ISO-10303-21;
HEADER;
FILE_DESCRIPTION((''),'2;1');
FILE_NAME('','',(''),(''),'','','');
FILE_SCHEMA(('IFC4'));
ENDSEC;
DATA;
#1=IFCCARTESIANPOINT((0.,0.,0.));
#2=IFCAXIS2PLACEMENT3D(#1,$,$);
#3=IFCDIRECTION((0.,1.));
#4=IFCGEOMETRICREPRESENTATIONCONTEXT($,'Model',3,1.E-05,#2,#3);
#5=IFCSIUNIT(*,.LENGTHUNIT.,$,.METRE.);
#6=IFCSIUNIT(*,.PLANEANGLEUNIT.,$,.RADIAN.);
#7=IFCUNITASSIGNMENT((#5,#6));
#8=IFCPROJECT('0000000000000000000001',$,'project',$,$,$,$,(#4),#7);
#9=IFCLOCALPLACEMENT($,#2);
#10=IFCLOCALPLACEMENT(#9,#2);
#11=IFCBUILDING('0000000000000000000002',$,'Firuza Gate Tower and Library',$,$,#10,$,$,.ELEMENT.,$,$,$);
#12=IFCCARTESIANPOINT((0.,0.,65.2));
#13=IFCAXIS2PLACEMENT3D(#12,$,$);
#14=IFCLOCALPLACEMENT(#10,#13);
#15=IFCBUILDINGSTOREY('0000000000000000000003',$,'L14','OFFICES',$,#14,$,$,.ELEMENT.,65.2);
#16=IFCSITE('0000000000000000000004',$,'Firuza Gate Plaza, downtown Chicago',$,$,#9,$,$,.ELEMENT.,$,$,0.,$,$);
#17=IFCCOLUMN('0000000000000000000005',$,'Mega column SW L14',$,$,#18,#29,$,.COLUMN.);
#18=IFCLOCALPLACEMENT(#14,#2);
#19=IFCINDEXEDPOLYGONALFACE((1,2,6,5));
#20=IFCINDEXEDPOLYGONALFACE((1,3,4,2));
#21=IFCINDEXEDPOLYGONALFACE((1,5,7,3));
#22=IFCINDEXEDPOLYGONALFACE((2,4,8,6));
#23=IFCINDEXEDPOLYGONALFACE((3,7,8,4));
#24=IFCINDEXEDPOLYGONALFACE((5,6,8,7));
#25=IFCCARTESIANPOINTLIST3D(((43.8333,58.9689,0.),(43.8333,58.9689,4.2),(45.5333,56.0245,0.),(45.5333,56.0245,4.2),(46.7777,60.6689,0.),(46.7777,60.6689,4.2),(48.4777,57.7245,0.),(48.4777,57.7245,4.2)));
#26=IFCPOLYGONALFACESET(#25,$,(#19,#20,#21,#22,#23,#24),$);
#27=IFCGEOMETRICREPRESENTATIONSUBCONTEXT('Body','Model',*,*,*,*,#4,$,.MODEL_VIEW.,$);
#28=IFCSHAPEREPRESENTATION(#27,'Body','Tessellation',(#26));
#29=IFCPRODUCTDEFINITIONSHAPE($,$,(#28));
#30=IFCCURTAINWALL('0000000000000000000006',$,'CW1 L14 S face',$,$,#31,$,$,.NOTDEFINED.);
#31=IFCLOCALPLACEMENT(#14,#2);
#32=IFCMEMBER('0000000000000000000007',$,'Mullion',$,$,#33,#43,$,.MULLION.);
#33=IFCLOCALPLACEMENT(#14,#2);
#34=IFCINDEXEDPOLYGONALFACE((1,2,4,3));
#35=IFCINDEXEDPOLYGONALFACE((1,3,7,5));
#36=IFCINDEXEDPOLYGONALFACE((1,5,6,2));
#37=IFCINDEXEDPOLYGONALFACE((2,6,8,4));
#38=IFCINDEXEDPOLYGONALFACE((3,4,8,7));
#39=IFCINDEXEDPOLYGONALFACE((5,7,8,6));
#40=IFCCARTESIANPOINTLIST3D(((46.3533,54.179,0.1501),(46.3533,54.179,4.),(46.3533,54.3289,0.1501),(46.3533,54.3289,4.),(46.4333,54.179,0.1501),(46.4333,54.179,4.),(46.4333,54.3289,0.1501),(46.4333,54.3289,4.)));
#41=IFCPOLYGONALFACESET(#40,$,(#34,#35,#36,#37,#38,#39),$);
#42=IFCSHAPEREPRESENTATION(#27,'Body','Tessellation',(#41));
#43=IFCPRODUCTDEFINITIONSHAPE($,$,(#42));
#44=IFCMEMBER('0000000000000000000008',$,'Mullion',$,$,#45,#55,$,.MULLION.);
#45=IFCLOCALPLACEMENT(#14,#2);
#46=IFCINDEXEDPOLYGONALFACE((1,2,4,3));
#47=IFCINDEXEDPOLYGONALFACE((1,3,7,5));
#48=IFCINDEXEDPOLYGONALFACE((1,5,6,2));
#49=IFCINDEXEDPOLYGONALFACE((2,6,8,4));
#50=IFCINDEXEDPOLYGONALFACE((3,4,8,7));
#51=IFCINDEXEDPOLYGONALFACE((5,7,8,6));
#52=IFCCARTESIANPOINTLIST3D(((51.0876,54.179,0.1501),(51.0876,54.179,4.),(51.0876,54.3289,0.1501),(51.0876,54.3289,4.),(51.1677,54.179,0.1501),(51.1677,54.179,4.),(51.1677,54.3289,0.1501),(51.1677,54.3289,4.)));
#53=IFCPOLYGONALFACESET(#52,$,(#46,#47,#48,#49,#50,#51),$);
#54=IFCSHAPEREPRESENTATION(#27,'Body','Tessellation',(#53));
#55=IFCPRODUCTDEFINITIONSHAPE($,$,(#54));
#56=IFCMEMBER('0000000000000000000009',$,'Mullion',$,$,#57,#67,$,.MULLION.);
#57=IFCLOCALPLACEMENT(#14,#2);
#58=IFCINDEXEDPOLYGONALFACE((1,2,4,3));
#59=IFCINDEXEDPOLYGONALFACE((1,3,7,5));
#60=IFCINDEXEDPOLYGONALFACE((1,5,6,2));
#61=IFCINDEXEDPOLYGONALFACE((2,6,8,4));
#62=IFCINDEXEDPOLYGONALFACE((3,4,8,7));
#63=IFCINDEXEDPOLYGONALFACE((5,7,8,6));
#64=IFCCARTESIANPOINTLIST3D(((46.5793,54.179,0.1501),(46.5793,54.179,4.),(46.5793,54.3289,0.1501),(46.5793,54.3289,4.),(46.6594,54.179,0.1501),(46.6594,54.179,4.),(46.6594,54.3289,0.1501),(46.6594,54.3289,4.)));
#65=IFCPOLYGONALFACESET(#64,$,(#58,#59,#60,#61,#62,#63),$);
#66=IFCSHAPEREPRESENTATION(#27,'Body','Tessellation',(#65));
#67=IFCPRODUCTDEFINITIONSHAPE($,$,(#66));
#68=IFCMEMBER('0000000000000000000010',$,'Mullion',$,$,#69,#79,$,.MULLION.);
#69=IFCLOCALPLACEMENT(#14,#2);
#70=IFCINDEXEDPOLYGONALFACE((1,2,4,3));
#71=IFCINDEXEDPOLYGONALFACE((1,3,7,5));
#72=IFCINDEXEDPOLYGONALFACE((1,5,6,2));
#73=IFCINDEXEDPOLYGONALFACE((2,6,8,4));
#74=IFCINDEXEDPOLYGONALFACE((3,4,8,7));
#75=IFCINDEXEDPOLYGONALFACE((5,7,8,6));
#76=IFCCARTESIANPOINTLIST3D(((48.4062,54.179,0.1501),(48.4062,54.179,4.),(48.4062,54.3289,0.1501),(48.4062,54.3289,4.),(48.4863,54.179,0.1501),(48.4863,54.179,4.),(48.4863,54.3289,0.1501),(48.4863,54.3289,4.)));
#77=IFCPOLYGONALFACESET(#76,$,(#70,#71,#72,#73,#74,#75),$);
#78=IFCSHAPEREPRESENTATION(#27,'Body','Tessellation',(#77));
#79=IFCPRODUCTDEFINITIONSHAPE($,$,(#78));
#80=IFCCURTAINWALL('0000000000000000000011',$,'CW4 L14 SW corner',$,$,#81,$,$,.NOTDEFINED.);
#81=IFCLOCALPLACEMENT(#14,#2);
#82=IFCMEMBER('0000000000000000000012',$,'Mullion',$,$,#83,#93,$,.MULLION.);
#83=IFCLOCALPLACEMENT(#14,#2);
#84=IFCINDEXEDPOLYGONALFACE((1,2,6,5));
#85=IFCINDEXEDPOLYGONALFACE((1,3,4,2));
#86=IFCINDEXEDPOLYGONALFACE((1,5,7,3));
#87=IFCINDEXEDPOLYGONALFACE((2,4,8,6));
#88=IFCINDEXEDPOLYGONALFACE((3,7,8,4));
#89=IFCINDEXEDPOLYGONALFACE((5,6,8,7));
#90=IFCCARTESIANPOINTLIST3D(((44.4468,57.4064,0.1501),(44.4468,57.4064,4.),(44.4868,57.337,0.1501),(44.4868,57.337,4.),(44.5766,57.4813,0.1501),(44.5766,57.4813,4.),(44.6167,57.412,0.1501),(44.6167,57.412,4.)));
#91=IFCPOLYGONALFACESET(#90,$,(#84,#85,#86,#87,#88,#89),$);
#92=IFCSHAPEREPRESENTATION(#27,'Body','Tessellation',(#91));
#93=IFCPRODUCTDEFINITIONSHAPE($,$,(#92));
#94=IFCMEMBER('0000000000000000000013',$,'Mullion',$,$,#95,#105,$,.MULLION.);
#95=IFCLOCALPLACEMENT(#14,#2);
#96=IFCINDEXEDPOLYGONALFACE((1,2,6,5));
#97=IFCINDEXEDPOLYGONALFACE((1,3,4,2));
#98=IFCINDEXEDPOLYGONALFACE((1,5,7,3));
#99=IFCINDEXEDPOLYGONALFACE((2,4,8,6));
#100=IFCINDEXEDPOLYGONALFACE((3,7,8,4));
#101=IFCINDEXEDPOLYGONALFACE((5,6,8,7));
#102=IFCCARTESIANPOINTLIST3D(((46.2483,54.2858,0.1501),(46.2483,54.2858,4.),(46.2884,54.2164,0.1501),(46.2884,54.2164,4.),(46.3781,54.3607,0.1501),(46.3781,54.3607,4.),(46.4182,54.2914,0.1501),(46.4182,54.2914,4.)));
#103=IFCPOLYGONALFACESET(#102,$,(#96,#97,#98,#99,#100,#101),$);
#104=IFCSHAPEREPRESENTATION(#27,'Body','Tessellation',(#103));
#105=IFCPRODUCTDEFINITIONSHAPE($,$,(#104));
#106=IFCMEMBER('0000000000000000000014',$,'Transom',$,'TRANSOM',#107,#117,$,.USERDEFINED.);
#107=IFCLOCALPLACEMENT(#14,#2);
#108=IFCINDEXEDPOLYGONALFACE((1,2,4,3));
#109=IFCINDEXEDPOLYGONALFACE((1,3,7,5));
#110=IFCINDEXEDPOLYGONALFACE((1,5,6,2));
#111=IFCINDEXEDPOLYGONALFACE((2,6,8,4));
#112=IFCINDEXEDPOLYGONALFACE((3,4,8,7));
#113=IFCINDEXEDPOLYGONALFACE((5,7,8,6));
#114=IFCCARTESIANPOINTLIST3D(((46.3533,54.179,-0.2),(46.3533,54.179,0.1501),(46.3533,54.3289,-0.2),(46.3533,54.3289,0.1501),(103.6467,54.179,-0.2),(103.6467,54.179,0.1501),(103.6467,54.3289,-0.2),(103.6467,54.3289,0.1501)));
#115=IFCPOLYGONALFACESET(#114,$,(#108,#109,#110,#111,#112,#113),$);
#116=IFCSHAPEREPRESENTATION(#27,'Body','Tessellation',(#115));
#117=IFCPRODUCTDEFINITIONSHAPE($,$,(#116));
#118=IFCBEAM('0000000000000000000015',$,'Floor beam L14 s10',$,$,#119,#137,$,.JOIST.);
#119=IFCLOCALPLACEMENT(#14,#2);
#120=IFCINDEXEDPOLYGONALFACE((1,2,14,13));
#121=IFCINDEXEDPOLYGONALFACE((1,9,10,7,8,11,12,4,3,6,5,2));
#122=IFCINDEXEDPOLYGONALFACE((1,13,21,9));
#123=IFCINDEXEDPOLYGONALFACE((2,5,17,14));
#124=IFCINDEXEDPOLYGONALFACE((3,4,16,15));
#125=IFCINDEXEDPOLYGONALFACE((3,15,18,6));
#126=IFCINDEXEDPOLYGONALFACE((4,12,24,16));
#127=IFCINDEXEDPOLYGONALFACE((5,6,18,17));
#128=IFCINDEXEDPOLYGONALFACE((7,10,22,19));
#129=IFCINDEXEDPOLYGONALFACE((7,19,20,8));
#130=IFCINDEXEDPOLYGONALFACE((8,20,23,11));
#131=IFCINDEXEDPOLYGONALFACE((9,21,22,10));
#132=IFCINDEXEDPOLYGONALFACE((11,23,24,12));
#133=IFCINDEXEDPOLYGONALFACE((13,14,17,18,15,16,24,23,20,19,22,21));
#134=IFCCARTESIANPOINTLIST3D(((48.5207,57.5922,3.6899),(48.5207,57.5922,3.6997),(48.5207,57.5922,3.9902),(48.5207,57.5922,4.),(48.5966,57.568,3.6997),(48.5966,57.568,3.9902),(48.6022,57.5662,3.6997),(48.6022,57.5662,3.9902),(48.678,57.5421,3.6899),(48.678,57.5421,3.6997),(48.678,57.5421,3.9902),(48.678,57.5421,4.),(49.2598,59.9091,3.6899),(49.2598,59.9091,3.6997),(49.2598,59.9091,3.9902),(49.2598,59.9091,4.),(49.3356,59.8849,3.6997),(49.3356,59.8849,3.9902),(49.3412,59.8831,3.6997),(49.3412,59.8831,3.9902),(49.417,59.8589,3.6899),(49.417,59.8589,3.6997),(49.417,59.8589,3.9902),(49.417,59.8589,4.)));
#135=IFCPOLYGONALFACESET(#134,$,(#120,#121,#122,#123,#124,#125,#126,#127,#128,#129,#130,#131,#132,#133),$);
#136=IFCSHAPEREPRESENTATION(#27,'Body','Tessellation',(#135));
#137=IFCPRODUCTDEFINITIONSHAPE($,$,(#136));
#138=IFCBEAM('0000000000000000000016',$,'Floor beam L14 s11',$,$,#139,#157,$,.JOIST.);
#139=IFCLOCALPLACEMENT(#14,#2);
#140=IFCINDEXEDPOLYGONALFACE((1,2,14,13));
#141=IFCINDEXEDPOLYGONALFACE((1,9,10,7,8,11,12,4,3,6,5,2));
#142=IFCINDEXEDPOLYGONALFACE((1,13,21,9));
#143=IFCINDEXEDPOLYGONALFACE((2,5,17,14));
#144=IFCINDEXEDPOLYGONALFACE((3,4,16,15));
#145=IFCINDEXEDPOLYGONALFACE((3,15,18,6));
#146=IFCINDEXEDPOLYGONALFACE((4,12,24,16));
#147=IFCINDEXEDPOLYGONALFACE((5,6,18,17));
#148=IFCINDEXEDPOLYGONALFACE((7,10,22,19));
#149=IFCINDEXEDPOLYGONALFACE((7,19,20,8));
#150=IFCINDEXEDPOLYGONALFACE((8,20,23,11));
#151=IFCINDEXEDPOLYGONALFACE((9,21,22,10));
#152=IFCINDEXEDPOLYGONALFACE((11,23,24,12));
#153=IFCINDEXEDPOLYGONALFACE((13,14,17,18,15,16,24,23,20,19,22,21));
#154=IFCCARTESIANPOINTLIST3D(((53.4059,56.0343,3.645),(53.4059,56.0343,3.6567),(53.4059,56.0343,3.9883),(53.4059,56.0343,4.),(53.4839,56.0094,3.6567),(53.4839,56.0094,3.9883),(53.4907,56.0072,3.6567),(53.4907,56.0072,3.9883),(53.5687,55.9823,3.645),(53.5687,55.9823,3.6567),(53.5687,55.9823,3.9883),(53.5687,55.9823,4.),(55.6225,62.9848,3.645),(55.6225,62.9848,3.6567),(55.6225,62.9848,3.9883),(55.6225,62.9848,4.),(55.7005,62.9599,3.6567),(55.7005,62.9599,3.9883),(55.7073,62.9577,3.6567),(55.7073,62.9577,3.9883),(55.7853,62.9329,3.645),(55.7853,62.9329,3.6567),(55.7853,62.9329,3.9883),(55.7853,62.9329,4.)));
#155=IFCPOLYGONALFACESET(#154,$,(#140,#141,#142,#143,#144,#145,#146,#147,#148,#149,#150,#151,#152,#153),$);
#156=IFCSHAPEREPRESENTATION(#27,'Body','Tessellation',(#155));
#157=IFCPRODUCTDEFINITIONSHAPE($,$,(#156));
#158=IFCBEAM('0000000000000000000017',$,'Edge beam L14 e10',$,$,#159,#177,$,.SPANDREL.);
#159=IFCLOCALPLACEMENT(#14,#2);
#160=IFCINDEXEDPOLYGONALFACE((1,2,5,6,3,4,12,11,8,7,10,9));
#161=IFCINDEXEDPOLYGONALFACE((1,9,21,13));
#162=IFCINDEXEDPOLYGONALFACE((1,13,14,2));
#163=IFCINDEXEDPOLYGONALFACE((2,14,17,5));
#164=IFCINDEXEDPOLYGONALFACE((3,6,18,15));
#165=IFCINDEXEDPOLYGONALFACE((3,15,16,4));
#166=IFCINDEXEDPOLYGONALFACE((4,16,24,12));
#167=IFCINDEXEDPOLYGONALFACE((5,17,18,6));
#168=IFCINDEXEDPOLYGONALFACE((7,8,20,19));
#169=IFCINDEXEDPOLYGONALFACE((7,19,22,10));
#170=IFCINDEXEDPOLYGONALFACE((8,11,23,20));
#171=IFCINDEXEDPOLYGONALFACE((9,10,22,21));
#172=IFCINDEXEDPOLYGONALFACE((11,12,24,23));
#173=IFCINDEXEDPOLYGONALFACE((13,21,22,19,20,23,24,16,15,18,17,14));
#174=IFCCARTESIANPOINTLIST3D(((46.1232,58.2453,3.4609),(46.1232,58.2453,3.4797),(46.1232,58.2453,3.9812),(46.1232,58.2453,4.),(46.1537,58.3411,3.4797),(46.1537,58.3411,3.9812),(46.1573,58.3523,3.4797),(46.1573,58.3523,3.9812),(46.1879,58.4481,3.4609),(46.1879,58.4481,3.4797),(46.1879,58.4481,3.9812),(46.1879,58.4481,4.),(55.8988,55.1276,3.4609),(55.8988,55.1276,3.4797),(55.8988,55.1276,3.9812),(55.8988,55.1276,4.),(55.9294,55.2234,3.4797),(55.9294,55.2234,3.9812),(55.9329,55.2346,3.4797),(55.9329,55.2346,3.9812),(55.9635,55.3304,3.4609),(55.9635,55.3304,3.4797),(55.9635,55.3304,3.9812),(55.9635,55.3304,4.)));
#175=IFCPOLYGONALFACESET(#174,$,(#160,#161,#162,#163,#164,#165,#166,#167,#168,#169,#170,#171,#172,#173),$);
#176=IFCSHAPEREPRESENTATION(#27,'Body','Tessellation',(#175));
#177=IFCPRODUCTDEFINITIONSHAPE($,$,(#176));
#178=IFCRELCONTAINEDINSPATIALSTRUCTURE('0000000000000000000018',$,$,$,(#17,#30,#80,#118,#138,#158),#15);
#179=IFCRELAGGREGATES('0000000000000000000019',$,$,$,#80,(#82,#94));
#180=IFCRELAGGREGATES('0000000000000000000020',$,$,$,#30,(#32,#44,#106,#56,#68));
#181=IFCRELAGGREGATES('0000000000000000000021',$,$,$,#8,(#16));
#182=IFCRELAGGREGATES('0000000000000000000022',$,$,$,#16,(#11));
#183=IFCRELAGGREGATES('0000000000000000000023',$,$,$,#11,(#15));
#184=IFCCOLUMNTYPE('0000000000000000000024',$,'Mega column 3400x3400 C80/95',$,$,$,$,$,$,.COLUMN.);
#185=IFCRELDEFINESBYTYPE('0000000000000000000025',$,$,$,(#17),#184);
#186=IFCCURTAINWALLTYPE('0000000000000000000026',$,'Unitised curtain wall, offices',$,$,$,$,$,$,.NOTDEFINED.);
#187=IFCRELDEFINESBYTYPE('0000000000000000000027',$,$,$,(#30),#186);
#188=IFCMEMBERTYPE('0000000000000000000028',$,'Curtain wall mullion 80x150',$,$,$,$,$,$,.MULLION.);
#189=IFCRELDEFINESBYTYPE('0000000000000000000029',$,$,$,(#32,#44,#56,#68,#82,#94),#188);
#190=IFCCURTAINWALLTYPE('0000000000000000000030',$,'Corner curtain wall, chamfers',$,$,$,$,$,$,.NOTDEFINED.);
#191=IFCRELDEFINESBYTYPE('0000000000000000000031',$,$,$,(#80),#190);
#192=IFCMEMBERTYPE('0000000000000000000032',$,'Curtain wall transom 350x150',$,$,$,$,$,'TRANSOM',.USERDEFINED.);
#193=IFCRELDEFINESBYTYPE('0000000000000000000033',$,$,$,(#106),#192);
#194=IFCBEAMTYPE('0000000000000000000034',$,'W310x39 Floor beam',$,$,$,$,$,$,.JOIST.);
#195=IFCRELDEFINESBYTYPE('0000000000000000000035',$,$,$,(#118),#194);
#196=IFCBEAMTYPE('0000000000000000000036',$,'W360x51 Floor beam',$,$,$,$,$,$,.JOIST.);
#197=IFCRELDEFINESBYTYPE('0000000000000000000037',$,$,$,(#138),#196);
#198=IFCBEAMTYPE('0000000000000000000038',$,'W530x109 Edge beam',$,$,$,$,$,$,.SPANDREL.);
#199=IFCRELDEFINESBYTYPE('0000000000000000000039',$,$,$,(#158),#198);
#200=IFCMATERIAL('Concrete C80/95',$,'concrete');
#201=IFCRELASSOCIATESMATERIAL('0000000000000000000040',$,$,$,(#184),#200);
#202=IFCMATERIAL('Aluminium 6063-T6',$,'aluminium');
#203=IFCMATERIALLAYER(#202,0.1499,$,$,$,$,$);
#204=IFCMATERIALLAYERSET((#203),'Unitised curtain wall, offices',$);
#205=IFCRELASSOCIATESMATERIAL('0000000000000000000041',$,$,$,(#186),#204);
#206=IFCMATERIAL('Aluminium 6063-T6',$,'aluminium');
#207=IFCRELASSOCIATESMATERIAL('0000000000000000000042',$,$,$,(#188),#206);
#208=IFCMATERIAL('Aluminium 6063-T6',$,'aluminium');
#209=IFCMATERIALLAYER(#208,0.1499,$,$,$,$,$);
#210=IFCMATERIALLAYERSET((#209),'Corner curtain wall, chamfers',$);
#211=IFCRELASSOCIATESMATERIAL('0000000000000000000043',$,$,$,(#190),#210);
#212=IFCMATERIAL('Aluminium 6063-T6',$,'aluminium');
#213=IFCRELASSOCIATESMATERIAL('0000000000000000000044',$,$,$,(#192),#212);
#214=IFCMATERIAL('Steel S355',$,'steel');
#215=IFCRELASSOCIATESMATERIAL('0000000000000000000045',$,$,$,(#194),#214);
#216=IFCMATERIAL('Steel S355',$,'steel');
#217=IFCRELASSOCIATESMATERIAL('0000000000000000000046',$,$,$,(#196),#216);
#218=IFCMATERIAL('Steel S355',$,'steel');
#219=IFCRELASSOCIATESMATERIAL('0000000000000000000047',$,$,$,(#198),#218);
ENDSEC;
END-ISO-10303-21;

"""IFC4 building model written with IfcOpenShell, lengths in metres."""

from ifc_helpers import new_model, si_unit, direction, frame, origin, origin_2d, place, context, subcontext, project, spatial, rectangle, i_section, extrude, material, layer, layer_set, material_profile, profile_set, type_object, element, aggregate, save


model = new_model("IFC4")

# Units and contexts
model_context = context("Model", 3, precision=1e-05, world=origin(), true_north=direction((0.0, 1.0)))
body_context = subcontext(model_context, "Body", "Model", "MODEL_VIEW")
ifc_project = project(units=[si_unit("LENGTHUNIT", "METRE"), si_unit("PLANEANGLEUNIT", "RADIAN")], contexts=[model_context])

# Site, building, storey
site_placement = place(None, origin())
site = spatial("IfcSite", under=ifc_project, at=site_placement, Name="Firuza Gate Plaza, downtown Chicago", CompositionType="ELEMENT", RefElevation=0.0)
building_placement = place(site_placement, origin())
building = spatial("IfcBuilding", under=site, at=building_placement, Name="Firuza Gate Tower and Library", CompositionType="ELEMENT")
storey_placement = place(building_placement, frame((0.0, 0.0, 65.2)))
storey = spatial("IfcBuildingStorey", under=building, at=storey_placement, Name="L14", Description="OFFICES", CompositionType="ELEMENT", Elevation=65.2)

# Column
ifc_material_1 = material(Name="Concrete C80/95", Category="concrete")
ifc_material_profile_1 = material_profile(ifc_material_1, rectangle(XDim=3.3999, YDim=3.3999, at=origin_2d()))
ifc_profile_set_1 = profile_set([ifc_material_profile_1], Name="Concrete C80/95")
column_type = type_object("IfcColumnType", Name="Mega column 3400x3400 C80/95", PredefinedType="COLUMN", material=ifc_profile_set_1)
column_placement = place(storey_placement, frame((46.1555, 58.3467, 0.0), z_axis=(0.0, 0.0, 1.0), x_axis=(0.5, -0.866025, 0.0)))
element("IfcColumn", 1, at=column_placement, inside=storey, type_object=column_type, Name="Mega column SW L14", PredefinedType="COLUMN", context=body_context, shape_type="SweptSolid", body=[
    extrude(rectangle(XDim=3.3999, YDim=3.3999, at=origin_2d()), origin(), (0.0, 0.0, 1.0), 4.2),
])

# Curtain walls, members
ifc_material_2 = material(Name="Aluminium 6063-T6", Category="aluminium")
ifc_layer_1 = layer(ifc_material_2, 0.1499)
ifc_layer_set_1 = layer_set([ifc_layer_1], Name="Unitised curtain wall, offices")
curtain_wall_type_1 = type_object("IfcCurtainWallType", Name="Unitised curtain wall, offices", PredefinedType="NOTDEFINED", material=ifc_layer_set_1)
placement_1 = place(storey_placement, origin())
curtain_wall_1 = element("IfcCurtainWall", 2, at=placement_1, inside=storey, type_object=curtain_wall_type_1, Name="CW1 L14 S face", PredefinedType="NOTDEFINED")
ifc_material_3 = material(Name="Aluminium 6063-T6", Category="aluminium")
ifc_material_profile_2 = material_profile(ifc_material_3, rectangle(XDim=0.1499, YDim=0.0801, at=origin_2d()))
ifc_profile_set_2 = profile_set([ifc_material_profile_2], Name="Aluminium 6063-T6")
member_type_1 = type_object("IfcMemberType", Name="Curtain wall mullion 80x150", PredefinedType="MULLION", material=ifc_profile_set_2)
member_1_placement = place(storey_placement, frame((46.3933, 54.2539, 0.1501), z_axis=(0.0, 0.0, 1.0), x_axis=(0.0, 1.0, 0.0)))
member_1 = element("IfcMember", 3, at=member_1_placement, type_object=member_type_1, Name="Mullion", PredefinedType="MULLION", context=body_context, shape_type="SweptSolid", body=[
    extrude(rectangle(XDim=0.1499, YDim=0.0801, at=origin_2d()), origin(), (0.0, 0.0, 1.0), 3.8499),
])
member_2_placement = place(storey_placement, frame((51.1277, 54.2539, 0.1501), z_axis=(0.0, 0.0, 1.0), x_axis=(0.0, 1.0, 0.0)))
member_2 = element("IfcMember", 4, at=member_2_placement, type_object=member_type_1, Name="Mullion", PredefinedType="MULLION", context=body_context, shape_type="SweptSolid", body=[
    extrude(rectangle(XDim=0.1499, YDim=0.0801, at=origin_2d()), origin(), (0.0, 0.0, 1.0), 3.8499),
])
member_3_placement = place(storey_placement, frame((46.6194, 54.2539, 0.1501), z_axis=(0.0, 0.0, 1.0), x_axis=(0.0, 1.0, 0.0)))
member_3 = element("IfcMember", 5, at=member_3_placement, type_object=member_type_1, Name="Mullion", PredefinedType="MULLION", context=body_context, shape_type="SweptSolid", body=[
    extrude(rectangle(XDim=0.1499, YDim=0.0801, at=origin_2d()), origin(), (0.0, 0.0, 1.0), 3.8499),
])
member_4_placement = place(storey_placement, frame((48.4463, 54.2539, 0.1501), z_axis=(0.0, 0.0, 1.0), x_axis=(0.0, 1.0, 0.0)))
member_4 = element("IfcMember", 6, at=member_4_placement, type_object=member_type_1, Name="Mullion", PredefinedType="MULLION", context=body_context, shape_type="SweptSolid", body=[
    extrude(rectangle(XDim=0.1499, YDim=0.0801, at=origin_2d()), origin(), (0.0, 0.0, 1.0), 3.8499),
])
ifc_material_4 = material(Name="Aluminium 6063-T6", Category="aluminium")
ifc_layer_2 = layer(ifc_material_4, 0.1499)
ifc_layer_set_2 = layer_set([ifc_layer_2], Name="Corner curtain wall, chamfers")
curtain_wall_type_2 = type_object("IfcCurtainWallType", Name="Corner curtain wall, chamfers", PredefinedType="NOTDEFINED", material=ifc_layer_set_2)
curtain_wall_2 = element("IfcCurtainWall", 7, at=placement_1, inside=storey, type_object=curtain_wall_type_2, Name="CW4 L14 SW corner", PredefinedType="NOTDEFINED")
member_5_placement = place(storey_placement, frame((44.5317, 57.4092, 0.1501), z_axis=(0.0, 0.0, 1.0), x_axis=(0.866025, 0.5, 0.0)))
member_5 = element("IfcMember", 8, at=member_5_placement, type_object=member_type_1, Name="Mullion", PredefinedType="MULLION", context=body_context, shape_type="SweptSolid", body=[
    extrude(rectangle(XDim=0.1499, YDim=0.0801, at=origin_2d()), origin(), (0.0, 0.0, 1.0), 3.8499),
])
member_6_placement = place(storey_placement, frame((46.3333, 54.2886, 0.1501), z_axis=(0.0, 0.0, 1.0), x_axis=(0.866025, 0.5, 0.0)))
member_6 = element("IfcMember", 9, at=member_6_placement, type_object=member_type_1, Name="Mullion", PredefinedType="MULLION", context=body_context, shape_type="SweptSolid", body=[
    extrude(rectangle(XDim=0.1499, YDim=0.0801, at=origin_2d()), origin(), (0.0, 0.0, 1.0), 3.8499),
])

# Member
ifc_material_5 = material(Name="Aluminium 6063-T6", Category="aluminium")
ifc_material_profile_3 = material_profile(ifc_material_5, rectangle(XDim=0.1499, YDim=0.3501, at=origin_2d()))
ifc_profile_set_3 = profile_set([ifc_material_profile_3], Name="Aluminium 6063-T6")
member_type_2 = type_object("IfcMemberType", Name="Curtain wall transom 350x150", ElementType="TRANSOM", PredefinedType="USERDEFINED", material=ifc_profile_set_3)
member_7_placement = place(storey_placement, frame((46.3533, 54.2539, -0.0249), z_axis=(1.0, 0.0, 0.0), x_axis=(0.0, 1.0, 0.0)))
member_7 = element("IfcMember", 10, at=member_7_placement, type_object=member_type_2, Name="Transom", ObjectType="TRANSOM", PredefinedType="USERDEFINED", context=body_context, shape_type="SweptSolid", body=[
    extrude(rectangle(XDim=0.1499, YDim=0.3501, at=origin_2d()), origin(), (0.0, 0.0, 1.0), 57.2935),
])

# Beams
ifc_material_6 = material(Name="Steel S355", Category="steel")
ifc_material_profile_4 = material_profile(ifc_material_6, i_section(OverallWidth=0.165, OverallDepth=0.3101, WebThickness=0.0059, FlangeThickness=0.0098, at=origin_2d()))
ifc_profile_set_4 = profile_set([ifc_material_profile_4], Name="Steel S355")
beam_type_1 = type_object("IfcBeamType", Name="W310x39 Floor beam", PredefinedType="JOIST", material=ifc_profile_set_4)
beam_1_placement = place(storey_placement, frame((48.5994, 57.5671, 3.845), z_axis=(0.303883, 0.952709, 0.0), x_axis=(-0.952709, 0.303883, 0.0)))
element("IfcBeam", 11, at=beam_1_placement, inside=storey, type_object=beam_type_1, Name="Floor beam L14 s10", PredefinedType="JOIST", context=body_context, shape_type="SweptSolid", body=[
    extrude(i_section(OverallWidth=0.165, OverallDepth=0.3101, WebThickness=0.0059, FlangeThickness=0.0098, at=origin_2d()), origin(), (0.0, 0.0, 1.0), 2.4319),
])
ifc_material_7 = material(Name="Steel S355", Category="steel")
ifc_material_profile_5 = material_profile(ifc_material_7, i_section(OverallWidth=0.1709, OverallDepth=0.355, WebThickness=0.0071, FlangeThickness=0.0117, at=origin_2d()))
ifc_profile_set_5 = profile_set([ifc_material_profile_5], Name="Steel S355")
beam_type_2 = type_object("IfcBeamType", Name="W360x51 Floor beam", PredefinedType="JOIST", material=ifc_profile_set_5)
beam_2_placement = place(storey_placement, frame((53.4873, 56.0083, 3.8225), z_axis=(0.303832, 0.952726, 0.0), x_axis=(-0.952726, 0.303832, 0.0)))
element("IfcBeam", 12, at=beam_2_placement, inside=storey, type_object=beam_type_2, Name="Floor beam L14 s11", PredefinedType="JOIST", context=body_context, shape_type="SweptSolid", body=[
    extrude(i_section(OverallWidth=0.1709, OverallDepth=0.355, WebThickness=0.0071, FlangeThickness=0.0117, at=origin_2d()), origin(), (0.0, 0.0, 1.0), 7.2954),
])
ifc_material_8 = material(Name="Steel S355", Category="steel")
ifc_material_profile_6 = material_profile(ifc_material_8, i_section(OverallWidth=0.2129, OverallDepth=0.5391, WebThickness=0.0117, FlangeThickness=0.0188, at=origin_2d()))
ifc_profile_set_6 = profile_set([ifc_material_profile_6], Name="Steel S355")
beam_type_3 = type_object("IfcBeamType", Name="W530x109 Edge beam", PredefinedType="SPANDREL", material=ifc_profile_set_6)
beam_3_placement = place(storey_placement, frame((46.1555, 58.3467, 3.7305), z_axis=(0.952722, -0.303845, 0.0), x_axis=(0.303845, 0.952722, 0.0)))
element("IfcBeam", 13, at=beam_3_placement, inside=storey, type_object=beam_type_3, Name="Edge beam L14 e10", PredefinedType="SPANDREL", context=body_context, shape_type="SweptSolid", body=[
    extrude(i_section(OverallWidth=0.2129, OverallDepth=0.5391, WebThickness=0.0117, FlangeThickness=0.0188, at=origin_2d()), origin(), (0.0, 0.0, 1.0), 10.2607),
])

aggregate(curtain_wall_2, [member_5, member_6])
aggregate(curtain_wall_1, [member_1, member_2, member_7, member_3, member_4])

save(model, "model.ifc")
